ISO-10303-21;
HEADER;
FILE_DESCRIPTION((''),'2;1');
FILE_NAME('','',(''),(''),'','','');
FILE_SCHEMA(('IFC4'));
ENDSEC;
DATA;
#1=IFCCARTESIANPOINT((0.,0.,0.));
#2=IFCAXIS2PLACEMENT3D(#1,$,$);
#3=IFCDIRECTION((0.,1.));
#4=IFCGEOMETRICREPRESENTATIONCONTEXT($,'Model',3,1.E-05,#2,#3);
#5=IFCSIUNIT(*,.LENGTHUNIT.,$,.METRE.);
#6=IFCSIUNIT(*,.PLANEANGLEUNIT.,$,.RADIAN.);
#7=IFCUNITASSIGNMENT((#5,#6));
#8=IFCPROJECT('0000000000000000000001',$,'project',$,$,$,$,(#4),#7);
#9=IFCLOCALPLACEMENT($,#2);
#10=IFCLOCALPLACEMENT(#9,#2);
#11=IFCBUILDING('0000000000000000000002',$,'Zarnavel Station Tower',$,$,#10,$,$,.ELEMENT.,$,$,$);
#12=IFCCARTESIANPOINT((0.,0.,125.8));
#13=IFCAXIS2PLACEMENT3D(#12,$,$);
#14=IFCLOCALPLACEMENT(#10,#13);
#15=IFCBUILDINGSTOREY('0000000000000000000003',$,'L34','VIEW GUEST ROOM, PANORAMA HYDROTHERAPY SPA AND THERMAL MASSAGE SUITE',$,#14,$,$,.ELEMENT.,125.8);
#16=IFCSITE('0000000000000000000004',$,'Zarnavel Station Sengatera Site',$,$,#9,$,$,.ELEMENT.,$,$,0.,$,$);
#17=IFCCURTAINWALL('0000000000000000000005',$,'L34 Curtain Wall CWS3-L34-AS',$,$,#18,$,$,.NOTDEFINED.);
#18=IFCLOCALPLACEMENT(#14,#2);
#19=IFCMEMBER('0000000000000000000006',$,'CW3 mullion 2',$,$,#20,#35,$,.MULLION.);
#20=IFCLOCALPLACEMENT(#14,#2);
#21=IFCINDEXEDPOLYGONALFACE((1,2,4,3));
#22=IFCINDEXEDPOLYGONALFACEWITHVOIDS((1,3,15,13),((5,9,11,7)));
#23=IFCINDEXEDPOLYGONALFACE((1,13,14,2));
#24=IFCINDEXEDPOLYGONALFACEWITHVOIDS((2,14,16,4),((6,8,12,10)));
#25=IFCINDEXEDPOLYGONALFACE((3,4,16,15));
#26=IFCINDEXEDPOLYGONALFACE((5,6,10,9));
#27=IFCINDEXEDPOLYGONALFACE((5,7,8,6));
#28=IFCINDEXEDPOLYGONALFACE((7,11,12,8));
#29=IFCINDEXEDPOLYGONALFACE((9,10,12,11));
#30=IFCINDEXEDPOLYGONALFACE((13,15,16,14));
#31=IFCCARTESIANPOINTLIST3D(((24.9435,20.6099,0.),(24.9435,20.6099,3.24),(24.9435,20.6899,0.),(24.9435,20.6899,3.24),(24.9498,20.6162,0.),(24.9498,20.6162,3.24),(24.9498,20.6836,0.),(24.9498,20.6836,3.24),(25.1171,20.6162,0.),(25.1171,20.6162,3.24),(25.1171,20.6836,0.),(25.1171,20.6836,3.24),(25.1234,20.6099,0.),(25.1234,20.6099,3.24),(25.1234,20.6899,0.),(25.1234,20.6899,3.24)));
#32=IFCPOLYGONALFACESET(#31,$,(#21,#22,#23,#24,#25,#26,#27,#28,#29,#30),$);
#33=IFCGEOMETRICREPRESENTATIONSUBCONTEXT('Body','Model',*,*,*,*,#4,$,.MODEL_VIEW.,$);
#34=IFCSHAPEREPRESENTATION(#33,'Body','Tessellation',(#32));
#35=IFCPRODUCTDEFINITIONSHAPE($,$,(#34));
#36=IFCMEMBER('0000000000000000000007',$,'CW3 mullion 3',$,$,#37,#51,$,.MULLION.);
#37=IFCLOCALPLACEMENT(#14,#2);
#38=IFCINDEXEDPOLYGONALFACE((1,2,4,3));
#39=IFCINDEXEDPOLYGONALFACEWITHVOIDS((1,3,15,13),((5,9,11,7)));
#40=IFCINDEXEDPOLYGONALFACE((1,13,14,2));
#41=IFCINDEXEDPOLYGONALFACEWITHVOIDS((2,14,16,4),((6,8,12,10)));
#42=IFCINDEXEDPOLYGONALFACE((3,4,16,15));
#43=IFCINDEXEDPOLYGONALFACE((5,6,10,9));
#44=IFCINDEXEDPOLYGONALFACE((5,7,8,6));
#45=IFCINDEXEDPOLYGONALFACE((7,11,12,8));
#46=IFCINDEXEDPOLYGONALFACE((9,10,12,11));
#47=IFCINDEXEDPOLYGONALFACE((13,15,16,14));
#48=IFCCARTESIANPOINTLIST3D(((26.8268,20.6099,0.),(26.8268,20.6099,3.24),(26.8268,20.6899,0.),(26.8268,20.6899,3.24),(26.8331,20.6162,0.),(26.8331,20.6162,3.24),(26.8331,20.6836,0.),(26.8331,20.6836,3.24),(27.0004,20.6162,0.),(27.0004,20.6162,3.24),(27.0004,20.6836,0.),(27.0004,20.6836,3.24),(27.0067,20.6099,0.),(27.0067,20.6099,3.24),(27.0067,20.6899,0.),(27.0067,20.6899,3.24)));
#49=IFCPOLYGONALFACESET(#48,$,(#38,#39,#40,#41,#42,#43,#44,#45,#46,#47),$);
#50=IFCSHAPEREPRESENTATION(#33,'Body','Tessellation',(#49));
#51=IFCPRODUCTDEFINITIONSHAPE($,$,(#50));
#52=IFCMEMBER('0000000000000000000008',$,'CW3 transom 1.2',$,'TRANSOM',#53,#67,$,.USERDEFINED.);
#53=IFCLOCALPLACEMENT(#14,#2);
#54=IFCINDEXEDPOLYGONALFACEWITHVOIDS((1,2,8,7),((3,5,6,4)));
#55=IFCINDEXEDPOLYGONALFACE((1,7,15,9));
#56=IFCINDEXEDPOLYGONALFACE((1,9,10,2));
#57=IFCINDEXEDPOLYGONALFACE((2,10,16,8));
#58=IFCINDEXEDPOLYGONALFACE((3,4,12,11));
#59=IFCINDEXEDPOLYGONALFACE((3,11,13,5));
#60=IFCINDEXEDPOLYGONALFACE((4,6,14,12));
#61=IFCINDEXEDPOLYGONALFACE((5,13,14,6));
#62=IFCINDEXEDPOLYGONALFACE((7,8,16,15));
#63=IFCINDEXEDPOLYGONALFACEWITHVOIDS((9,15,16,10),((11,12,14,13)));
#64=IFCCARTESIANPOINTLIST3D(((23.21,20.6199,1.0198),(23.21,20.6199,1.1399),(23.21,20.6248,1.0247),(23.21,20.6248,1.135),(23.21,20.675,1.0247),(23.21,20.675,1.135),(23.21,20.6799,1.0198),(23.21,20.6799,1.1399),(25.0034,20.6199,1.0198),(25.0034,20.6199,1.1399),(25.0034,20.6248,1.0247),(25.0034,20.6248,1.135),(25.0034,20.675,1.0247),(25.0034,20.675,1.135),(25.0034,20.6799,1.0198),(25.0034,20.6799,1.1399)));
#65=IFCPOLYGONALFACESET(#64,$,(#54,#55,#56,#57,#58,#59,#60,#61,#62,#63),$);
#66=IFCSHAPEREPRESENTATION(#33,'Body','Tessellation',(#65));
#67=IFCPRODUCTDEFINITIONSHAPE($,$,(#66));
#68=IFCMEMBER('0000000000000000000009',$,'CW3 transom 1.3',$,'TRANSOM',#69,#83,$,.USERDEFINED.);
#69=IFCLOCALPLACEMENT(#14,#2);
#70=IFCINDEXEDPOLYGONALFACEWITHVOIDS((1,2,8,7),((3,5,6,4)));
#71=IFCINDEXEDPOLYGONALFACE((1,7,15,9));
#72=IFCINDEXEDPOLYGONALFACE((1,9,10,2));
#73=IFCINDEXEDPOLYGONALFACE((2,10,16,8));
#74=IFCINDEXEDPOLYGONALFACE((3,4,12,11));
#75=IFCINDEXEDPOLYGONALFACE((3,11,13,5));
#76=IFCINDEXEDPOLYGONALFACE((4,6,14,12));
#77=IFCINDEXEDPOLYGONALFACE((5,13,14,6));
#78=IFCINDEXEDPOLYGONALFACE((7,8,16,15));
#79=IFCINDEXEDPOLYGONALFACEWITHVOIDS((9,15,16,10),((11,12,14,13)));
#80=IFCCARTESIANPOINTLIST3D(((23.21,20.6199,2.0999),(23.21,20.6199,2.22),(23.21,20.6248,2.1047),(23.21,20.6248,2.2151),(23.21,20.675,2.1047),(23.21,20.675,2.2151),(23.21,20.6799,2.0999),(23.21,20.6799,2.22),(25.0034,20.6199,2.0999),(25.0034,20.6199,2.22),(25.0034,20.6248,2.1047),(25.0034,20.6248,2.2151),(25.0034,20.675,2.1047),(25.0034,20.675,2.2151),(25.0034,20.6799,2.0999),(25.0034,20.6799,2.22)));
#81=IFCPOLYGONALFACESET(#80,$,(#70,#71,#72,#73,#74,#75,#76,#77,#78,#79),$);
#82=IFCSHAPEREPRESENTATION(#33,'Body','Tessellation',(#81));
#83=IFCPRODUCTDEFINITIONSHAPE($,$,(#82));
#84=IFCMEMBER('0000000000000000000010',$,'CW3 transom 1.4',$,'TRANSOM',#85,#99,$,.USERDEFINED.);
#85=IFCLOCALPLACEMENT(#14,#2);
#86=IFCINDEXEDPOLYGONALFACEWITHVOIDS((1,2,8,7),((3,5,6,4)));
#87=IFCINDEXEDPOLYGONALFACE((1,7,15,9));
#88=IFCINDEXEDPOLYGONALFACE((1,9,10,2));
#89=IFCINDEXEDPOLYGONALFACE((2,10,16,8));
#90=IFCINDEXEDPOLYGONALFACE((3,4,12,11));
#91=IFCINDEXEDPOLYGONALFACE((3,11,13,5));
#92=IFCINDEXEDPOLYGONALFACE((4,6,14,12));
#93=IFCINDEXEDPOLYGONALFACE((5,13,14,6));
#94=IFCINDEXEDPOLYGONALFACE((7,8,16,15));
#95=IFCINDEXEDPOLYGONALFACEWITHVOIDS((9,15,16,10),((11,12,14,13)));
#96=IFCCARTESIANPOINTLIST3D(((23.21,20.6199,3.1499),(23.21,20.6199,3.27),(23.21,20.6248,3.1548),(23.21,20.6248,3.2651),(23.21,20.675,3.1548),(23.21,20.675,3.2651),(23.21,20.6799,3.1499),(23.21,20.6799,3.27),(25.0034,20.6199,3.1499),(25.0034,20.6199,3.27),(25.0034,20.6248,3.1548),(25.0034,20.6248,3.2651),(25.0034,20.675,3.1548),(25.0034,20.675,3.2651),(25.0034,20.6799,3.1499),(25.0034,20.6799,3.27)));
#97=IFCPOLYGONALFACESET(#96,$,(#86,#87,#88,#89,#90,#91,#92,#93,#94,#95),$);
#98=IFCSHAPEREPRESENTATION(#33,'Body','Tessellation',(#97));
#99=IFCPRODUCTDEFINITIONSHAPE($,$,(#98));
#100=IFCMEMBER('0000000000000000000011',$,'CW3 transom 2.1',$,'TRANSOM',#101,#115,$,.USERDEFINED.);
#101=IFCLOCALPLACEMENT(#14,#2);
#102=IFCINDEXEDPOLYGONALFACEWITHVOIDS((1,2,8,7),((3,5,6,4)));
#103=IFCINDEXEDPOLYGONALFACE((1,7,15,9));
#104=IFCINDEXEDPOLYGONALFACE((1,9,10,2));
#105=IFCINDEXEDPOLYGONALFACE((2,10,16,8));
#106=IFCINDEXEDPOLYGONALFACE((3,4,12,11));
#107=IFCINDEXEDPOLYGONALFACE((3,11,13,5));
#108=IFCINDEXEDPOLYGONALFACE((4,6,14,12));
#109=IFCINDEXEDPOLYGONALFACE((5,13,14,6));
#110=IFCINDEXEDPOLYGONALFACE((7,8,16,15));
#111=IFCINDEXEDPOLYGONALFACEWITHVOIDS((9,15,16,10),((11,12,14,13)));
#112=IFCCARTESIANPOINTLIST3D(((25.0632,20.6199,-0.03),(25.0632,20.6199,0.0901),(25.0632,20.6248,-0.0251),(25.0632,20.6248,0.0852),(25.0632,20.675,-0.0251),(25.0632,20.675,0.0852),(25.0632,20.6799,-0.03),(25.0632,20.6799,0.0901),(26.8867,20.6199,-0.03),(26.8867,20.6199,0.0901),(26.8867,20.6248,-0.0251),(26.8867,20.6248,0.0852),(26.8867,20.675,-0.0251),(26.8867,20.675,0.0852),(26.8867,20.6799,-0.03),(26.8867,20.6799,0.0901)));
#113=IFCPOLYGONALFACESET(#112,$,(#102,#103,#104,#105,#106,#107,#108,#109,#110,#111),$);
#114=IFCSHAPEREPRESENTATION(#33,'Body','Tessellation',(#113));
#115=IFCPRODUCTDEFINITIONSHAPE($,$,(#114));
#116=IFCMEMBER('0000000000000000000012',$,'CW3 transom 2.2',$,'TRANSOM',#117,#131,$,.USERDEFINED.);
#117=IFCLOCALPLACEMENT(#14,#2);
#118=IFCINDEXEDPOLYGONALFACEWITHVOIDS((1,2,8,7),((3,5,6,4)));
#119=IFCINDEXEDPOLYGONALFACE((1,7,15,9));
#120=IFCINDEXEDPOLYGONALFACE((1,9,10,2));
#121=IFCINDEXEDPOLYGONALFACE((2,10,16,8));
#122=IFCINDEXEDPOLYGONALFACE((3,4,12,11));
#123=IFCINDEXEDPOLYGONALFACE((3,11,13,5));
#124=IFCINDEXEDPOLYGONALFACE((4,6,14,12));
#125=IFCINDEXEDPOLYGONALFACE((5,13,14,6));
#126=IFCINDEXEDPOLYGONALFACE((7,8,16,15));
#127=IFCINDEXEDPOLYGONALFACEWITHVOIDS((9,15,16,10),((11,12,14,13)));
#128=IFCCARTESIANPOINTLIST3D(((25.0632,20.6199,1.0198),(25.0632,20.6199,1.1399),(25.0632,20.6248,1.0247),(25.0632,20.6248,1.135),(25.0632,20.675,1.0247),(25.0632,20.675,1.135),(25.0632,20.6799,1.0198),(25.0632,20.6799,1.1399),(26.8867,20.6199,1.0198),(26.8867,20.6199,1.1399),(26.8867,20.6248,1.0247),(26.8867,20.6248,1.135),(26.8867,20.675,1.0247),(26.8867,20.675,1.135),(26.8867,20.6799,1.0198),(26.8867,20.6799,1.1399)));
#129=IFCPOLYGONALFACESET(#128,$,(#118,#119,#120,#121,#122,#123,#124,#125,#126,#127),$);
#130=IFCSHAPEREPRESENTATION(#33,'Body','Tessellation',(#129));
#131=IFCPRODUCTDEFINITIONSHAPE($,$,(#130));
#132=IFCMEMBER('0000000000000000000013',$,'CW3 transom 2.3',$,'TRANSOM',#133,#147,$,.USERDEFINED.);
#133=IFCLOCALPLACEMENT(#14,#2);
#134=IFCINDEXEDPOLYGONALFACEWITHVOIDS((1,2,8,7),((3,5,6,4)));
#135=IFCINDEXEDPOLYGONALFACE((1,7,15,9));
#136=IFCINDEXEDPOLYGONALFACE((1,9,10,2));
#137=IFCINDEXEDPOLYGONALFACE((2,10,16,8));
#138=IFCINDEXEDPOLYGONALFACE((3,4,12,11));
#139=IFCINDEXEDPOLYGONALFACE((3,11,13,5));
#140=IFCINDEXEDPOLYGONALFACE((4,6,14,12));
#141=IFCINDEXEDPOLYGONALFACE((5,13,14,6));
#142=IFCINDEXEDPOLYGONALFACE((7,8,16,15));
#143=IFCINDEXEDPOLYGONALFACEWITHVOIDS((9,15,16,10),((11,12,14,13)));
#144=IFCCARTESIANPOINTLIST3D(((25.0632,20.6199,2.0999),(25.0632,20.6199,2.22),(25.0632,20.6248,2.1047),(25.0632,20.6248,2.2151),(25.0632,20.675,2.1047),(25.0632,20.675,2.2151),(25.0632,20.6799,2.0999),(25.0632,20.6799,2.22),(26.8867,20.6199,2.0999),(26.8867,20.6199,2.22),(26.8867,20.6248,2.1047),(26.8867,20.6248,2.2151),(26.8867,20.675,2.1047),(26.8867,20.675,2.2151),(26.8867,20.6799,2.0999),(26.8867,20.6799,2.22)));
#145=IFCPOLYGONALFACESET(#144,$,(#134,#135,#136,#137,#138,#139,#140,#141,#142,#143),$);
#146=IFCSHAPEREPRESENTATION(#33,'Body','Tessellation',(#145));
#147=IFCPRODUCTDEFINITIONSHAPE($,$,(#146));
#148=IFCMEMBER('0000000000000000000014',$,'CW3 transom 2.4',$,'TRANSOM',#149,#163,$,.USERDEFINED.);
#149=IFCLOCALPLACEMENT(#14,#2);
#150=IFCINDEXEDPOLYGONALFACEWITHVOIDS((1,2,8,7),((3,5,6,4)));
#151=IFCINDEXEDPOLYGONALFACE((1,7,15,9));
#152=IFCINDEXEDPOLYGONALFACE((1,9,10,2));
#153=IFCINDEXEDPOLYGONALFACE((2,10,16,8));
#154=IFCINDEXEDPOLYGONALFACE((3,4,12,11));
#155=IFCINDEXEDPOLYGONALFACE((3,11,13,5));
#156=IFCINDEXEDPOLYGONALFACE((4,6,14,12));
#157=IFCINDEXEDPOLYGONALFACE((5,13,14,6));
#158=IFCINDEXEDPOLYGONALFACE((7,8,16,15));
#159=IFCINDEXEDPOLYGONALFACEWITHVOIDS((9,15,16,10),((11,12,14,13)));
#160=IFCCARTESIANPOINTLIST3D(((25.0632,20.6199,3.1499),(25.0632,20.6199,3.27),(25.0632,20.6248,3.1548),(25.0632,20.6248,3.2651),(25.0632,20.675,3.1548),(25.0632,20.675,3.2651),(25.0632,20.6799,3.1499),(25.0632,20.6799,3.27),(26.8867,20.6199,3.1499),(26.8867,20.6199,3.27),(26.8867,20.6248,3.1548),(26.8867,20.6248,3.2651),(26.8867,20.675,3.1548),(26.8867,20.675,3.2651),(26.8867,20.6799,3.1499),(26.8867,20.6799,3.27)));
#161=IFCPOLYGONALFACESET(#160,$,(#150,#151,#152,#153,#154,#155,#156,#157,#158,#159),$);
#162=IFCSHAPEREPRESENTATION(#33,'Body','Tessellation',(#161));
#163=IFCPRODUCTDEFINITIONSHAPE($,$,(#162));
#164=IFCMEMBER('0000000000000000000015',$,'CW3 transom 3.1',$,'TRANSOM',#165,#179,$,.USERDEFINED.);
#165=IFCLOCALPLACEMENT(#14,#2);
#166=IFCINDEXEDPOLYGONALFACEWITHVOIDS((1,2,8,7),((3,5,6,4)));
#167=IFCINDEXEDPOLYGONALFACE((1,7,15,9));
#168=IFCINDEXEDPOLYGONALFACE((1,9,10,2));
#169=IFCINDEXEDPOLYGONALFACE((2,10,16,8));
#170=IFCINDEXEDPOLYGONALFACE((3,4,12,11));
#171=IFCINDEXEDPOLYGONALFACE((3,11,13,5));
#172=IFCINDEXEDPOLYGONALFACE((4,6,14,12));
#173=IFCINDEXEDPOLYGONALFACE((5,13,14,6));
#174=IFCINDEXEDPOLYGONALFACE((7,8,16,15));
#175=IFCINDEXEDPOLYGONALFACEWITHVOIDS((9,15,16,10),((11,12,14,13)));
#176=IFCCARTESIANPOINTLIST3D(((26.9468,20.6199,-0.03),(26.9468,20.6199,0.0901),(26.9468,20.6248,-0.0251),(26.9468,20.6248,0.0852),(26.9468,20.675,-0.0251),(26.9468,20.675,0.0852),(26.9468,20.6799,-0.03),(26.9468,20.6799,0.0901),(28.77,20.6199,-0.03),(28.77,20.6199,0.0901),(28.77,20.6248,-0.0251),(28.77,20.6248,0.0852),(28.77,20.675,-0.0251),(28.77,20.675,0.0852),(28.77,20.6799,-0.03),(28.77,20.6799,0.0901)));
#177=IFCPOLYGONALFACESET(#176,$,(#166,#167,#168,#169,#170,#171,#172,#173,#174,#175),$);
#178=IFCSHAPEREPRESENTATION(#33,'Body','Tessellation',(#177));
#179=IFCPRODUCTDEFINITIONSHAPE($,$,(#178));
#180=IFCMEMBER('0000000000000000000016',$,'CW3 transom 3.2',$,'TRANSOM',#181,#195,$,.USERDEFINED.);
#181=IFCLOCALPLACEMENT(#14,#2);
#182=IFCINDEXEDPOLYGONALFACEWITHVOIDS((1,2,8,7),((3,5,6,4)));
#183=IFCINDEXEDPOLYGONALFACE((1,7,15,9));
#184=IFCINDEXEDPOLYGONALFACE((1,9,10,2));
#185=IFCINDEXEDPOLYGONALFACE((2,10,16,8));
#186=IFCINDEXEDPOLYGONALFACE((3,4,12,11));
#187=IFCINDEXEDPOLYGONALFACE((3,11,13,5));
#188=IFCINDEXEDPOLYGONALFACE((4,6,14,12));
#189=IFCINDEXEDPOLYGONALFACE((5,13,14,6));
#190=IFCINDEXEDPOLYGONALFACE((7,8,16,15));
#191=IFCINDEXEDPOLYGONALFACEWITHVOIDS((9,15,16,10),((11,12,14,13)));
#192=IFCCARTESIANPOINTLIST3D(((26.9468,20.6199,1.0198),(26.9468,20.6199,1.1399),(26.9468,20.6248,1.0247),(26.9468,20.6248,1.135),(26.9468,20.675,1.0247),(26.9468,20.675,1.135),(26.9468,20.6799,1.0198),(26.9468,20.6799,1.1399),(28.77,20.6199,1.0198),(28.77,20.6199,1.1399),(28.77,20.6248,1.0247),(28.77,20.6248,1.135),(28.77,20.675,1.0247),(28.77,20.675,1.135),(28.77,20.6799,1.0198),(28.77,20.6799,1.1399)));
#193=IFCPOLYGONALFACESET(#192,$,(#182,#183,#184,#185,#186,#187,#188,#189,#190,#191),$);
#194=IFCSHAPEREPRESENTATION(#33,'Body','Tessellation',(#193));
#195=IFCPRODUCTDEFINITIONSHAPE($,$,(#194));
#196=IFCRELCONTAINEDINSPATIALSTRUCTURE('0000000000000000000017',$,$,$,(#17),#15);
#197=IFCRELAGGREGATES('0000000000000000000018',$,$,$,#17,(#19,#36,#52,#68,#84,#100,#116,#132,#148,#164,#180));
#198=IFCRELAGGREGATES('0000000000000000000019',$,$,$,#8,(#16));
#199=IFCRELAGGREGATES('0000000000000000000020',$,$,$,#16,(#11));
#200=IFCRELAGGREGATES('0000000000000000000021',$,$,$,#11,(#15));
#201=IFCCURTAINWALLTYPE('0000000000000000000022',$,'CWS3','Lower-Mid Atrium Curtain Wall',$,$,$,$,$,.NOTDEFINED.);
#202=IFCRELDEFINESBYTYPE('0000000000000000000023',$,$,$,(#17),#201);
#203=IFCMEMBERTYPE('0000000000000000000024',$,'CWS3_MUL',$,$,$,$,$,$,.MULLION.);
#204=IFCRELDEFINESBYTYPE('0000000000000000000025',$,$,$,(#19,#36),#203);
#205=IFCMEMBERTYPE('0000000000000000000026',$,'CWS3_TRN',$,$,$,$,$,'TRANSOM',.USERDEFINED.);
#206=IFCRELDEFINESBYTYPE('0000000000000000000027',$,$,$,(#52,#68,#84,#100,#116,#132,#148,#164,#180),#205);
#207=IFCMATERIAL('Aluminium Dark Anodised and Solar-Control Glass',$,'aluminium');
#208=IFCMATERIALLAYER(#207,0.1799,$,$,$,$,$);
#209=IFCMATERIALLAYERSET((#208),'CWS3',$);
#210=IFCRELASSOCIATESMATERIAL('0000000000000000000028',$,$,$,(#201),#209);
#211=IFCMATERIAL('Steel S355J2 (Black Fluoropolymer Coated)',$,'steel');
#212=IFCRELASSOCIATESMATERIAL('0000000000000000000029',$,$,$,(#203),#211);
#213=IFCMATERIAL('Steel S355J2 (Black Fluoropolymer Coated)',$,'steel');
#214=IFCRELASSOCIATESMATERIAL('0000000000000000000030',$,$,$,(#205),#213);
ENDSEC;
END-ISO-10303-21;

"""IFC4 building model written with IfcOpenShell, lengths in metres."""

from ifc_helpers import new_model, si_unit, direction, frame, origin, origin_2d, place, context, subcontext, project, spatial, hollow_rectangle, extrude, material, layer, layer_set, material_profile, profile_set, type_object, element, aggregate, save


model = new_model("IFC4")

# Units and contexts
model_context = context("Model", 3, precision=1e-05, world=origin(), true_north=direction((0.0, 1.0)))
body_context = subcontext(model_context, "Body", "Model", "MODEL_VIEW")
ifc_project = project(units=[si_unit("LENGTHUNIT", "METRE"), si_unit("PLANEANGLEUNIT", "RADIAN")], contexts=[model_context])

# Site, building, storey
site_placement = place(None, origin())
site = spatial("IfcSite", under=ifc_project, at=site_placement, Name="Zarnavel Station Sengatera Site", CompositionType="ELEMENT", RefElevation=0.0)
building_placement = place(site_placement, origin())
building = spatial("IfcBuilding", under=site, at=building_placement, Name="Zarnavel Station Tower", CompositionType="ELEMENT")
storey_placement = place(building_placement, frame((0.0, 0.0, 125.8)))
storey = spatial("IfcBuildingStorey", under=building, at=storey_placement, Name="L34", Description="VIEW GUEST ROOM, PANORAMA HYDROTHERAPY SPA AND THERMAL MASSAGE SUITE", CompositionType="ELEMENT", Elevation=125.8)

# Curtain wall, members
ifc_material_1 = material(Name="Aluminium Dark Anodised and Solar-Control Glass", Category="aluminium")
ifc_layer_1 = layer(ifc_material_1, 0.1799)
ifc_layer_set_1 = layer_set([ifc_layer_1], Name="CWS3")
curtain_wall_type = type_object("IfcCurtainWallType", Name="CWS3", Description="Lower-Mid Atrium Curtain Wall", PredefinedType="NOTDEFINED", material=ifc_layer_set_1)
curtain_wall_placement = place(storey_placement, origin())
curtain_wall = element("IfcCurtainWall", 1, at=curtain_wall_placement, inside=storey, type_object=curtain_wall_type, Name="L34 Curtain Wall CWS3-L34-AS", PredefinedType="NOTDEFINED")
ifc_material_2 = material(Name="Steel S355J2 (Black Fluoropolymer Coated)", Category="steel")
ifc_material_profile_1 = material_profile(ifc_material_2, hollow_rectangle(XDim=0.0801, YDim=0.1799, WallThickness=0.0063, at=origin_2d()), Name="RHS180x80x6.3")
ifc_profile_set_1 = profile_set([ifc_material_profile_1], Name="Steel S355J2 (Black Fluoropolymer Coated)")
member_type_1 = type_object("IfcMemberType", Name="CWS3_MUL", PredefinedType="MULLION", material=ifc_profile_set_1)
member_1_placement = place(storey_placement, frame((25.0334, 20.6499, 0.0), z_axis=(0.0, 0.0, 1.0), x_axis=(0.0, 1.0, 0.0)))
member_1 = element("IfcMember", 2, at=member_1_placement, type_object=member_type_1, Name="CW3 mullion 2", PredefinedType="MULLION", context=body_context, shape_type="SweptSolid", body=[
    extrude(hollow_rectangle(XDim=0.0801, YDim=0.1799, WallThickness=0.0063, at=origin_2d()), origin(), (0.0, 0.0, 1.0), 3.24),
])
member_2_placement = place(storey_placement, frame((26.9167, 20.6499, 0.0), z_axis=(0.0, 0.0, 1.0), x_axis=(0.0, 1.0, 0.0)))
member_2 = element("IfcMember", 3, at=member_2_placement, type_object=member_type_1, Name="CW3 mullion 3", PredefinedType="MULLION", context=body_context, shape_type="SweptSolid", body=[
    extrude(hollow_rectangle(XDim=0.0801, YDim=0.1799, WallThickness=0.0063, at=origin_2d()), origin(), (0.0, 0.0, 1.0), 3.24),
])
ifc_material_3 = material(Name="Steel S355J2 (Black Fluoropolymer Coated)", Category="steel")
ifc_material_profile_2 = material_profile(ifc_material_3, hollow_rectangle(XDim=0.0601, YDim=0.1201, WallThickness=0.0049, at=origin_2d()), Name="RHS120x60x5")
ifc_profile_set_2 = profile_set([ifc_material_profile_2], Name="Steel S355J2 (Black Fluoropolymer Coated)")
member_type_2 = type_object("IfcMemberType", Name="CWS3_TRN", ElementType="TRANSOM", PredefinedType="USERDEFINED", material=ifc_profile_set_2)
member_3_placement = place(storey_placement, frame((23.21, 20.6499, 1.0798), z_axis=(1.0, 0.0, 0.0), x_axis=(0.0, 1.0, 0.0)))
member_3 = element("IfcMember", 4, at=member_3_placement, type_object=member_type_2, Name="CW3 transom 1.2", ObjectType="TRANSOM", PredefinedType="USERDEFINED", context=body_context, shape_type="SweptSolid", body=[
    extrude(hollow_rectangle(XDim=0.0601, YDim=0.1201, WallThickness=0.0049, at=origin_2d()), origin(), (0.0, 0.0, 1.0), 1.7935),
])
member_4_placement = place(storey_placement, frame((23.21, 20.6499, 2.1599), z_axis=(1.0, 0.0, 0.0), x_axis=(0.0, 1.0, 0.0)))
member_4 = element("IfcMember", 5, at=member_4_placement, type_object=member_type_2, Name="CW3 transom 1.3", ObjectType="TRANSOM", PredefinedType="USERDEFINED", context=body_context, shape_type="SweptSolid", body=[
    extrude(hollow_rectangle(XDim=0.0601, YDim=0.1201, WallThickness=0.0049, at=origin_2d()), origin(), (0.0, 0.0, 1.0), 1.7935),
])
member_5_placement = place(storey_placement, frame((23.21, 20.6499, 3.21), z_axis=(1.0, 0.0, 0.0), x_axis=(0.0, 1.0, 0.0)))
member_5 = element("IfcMember", 6, at=member_5_placement, type_object=member_type_2, Name="CW3 transom 1.4", ObjectType="TRANSOM", PredefinedType="USERDEFINED", context=body_context, shape_type="SweptSolid", body=[
    extrude(hollow_rectangle(XDim=0.0601, YDim=0.1201, WallThickness=0.0049, at=origin_2d()), origin(), (0.0, 0.0, 1.0), 1.7935),
])
member_6_placement = place(storey_placement, frame((25.0632, 20.6499, 0.03), z_axis=(1.0, 0.0, 0.0), x_axis=(0.0, 1.0, 0.0)))
member_6 = element("IfcMember", 7, at=member_6_placement, type_object=member_type_2, Name="CW3 transom 2.1", ObjectType="TRANSOM", PredefinedType="USERDEFINED", context=body_context, shape_type="SweptSolid", body=[
    extrude(hollow_rectangle(XDim=0.0601, YDim=0.1201, WallThickness=0.0049, at=origin_2d()), origin(), (0.0, 0.0, 1.0), 1.8235),
])
member_7_placement = place(storey_placement, frame((25.0632, 20.6499, 1.0798), z_axis=(1.0, 0.0, 0.0), x_axis=(0.0, 1.0, 0.0)))
member_7 = element("IfcMember", 8, at=member_7_placement, type_object=member_type_2, Name="CW3 transom 2.2", ObjectType="TRANSOM", PredefinedType="USERDEFINED", context=body_context, shape_type="SweptSolid", body=[
    extrude(hollow_rectangle(XDim=0.0601, YDim=0.1201, WallThickness=0.0049, at=origin_2d()), origin(), (0.0, 0.0, 1.0), 1.8235),
])
member_8_placement = place(storey_placement, frame((25.0632, 20.6499, 2.1599), z_axis=(1.0, 0.0, 0.0), x_axis=(0.0, 1.0, 0.0)))
member_8 = element("IfcMember", 9, at=member_8_placement, type_object=member_type_2, Name="CW3 transom 2.3", ObjectType="TRANSOM", PredefinedType="USERDEFINED", context=body_context, shape_type="SweptSolid", body=[
    extrude(hollow_rectangle(XDim=0.0601, YDim=0.1201, WallThickness=0.0049, at=origin_2d()), origin(), (0.0, 0.0, 1.0), 1.8235),
])
member_9_placement = place(storey_placement, frame((25.0632, 20.6499, 3.21), z_axis=(1.0, 0.0, 0.0), x_axis=(0.0, 1.0, 0.0)))
member_9 = element("IfcMember", 10, at=member_9_placement, type_object=member_type_2, Name="CW3 transom 2.4", ObjectType="TRANSOM", PredefinedType="USERDEFINED", context=body_context, shape_type="SweptSolid", body=[
    extrude(hollow_rectangle(XDim=0.0601, YDim=0.1201, WallThickness=0.0049, at=origin_2d()), origin(), (0.0, 0.0, 1.0), 1.8235),
])
member_10_placement = place(storey_placement, frame((26.9468, 20.6499, 0.03), z_axis=(1.0, 0.0, 0.0), x_axis=(0.0, 1.0, 0.0)))
member_10 = element("IfcMember", 11, at=member_10_placement, type_object=member_type_2, Name="CW3 transom 3.1", ObjectType="TRANSOM", PredefinedType="USERDEFINED", context=body_context, shape_type="SweptSolid", body=[
    extrude(hollow_rectangle(XDim=0.0601, YDim=0.1201, WallThickness=0.0049, at=origin_2d()), origin(), (0.0, 0.0, 1.0), 1.8232),
])
member_11_placement = place(storey_placement, frame((26.9468, 20.6499, 1.0798), z_axis=(1.0, 0.0, 0.0), x_axis=(0.0, 1.0, 0.0)))
member_11 = element("IfcMember", 12, at=member_11_placement, type_object=member_type_2, Name="CW3 transom 3.2", ObjectType="TRANSOM", PredefinedType="USERDEFINED", context=body_context, shape_type="SweptSolid", body=[
    extrude(hollow_rectangle(XDim=0.0601, YDim=0.1201, WallThickness=0.0049, at=origin_2d()), origin(), (0.0, 0.0, 1.0), 1.8232),
])

aggregate(curtain_wall, [member_1, member_2, member_3, member_4, member_5, member_6, member_7, member_8, member_9, member_10, member_11])

save(model, "model.ifc")
